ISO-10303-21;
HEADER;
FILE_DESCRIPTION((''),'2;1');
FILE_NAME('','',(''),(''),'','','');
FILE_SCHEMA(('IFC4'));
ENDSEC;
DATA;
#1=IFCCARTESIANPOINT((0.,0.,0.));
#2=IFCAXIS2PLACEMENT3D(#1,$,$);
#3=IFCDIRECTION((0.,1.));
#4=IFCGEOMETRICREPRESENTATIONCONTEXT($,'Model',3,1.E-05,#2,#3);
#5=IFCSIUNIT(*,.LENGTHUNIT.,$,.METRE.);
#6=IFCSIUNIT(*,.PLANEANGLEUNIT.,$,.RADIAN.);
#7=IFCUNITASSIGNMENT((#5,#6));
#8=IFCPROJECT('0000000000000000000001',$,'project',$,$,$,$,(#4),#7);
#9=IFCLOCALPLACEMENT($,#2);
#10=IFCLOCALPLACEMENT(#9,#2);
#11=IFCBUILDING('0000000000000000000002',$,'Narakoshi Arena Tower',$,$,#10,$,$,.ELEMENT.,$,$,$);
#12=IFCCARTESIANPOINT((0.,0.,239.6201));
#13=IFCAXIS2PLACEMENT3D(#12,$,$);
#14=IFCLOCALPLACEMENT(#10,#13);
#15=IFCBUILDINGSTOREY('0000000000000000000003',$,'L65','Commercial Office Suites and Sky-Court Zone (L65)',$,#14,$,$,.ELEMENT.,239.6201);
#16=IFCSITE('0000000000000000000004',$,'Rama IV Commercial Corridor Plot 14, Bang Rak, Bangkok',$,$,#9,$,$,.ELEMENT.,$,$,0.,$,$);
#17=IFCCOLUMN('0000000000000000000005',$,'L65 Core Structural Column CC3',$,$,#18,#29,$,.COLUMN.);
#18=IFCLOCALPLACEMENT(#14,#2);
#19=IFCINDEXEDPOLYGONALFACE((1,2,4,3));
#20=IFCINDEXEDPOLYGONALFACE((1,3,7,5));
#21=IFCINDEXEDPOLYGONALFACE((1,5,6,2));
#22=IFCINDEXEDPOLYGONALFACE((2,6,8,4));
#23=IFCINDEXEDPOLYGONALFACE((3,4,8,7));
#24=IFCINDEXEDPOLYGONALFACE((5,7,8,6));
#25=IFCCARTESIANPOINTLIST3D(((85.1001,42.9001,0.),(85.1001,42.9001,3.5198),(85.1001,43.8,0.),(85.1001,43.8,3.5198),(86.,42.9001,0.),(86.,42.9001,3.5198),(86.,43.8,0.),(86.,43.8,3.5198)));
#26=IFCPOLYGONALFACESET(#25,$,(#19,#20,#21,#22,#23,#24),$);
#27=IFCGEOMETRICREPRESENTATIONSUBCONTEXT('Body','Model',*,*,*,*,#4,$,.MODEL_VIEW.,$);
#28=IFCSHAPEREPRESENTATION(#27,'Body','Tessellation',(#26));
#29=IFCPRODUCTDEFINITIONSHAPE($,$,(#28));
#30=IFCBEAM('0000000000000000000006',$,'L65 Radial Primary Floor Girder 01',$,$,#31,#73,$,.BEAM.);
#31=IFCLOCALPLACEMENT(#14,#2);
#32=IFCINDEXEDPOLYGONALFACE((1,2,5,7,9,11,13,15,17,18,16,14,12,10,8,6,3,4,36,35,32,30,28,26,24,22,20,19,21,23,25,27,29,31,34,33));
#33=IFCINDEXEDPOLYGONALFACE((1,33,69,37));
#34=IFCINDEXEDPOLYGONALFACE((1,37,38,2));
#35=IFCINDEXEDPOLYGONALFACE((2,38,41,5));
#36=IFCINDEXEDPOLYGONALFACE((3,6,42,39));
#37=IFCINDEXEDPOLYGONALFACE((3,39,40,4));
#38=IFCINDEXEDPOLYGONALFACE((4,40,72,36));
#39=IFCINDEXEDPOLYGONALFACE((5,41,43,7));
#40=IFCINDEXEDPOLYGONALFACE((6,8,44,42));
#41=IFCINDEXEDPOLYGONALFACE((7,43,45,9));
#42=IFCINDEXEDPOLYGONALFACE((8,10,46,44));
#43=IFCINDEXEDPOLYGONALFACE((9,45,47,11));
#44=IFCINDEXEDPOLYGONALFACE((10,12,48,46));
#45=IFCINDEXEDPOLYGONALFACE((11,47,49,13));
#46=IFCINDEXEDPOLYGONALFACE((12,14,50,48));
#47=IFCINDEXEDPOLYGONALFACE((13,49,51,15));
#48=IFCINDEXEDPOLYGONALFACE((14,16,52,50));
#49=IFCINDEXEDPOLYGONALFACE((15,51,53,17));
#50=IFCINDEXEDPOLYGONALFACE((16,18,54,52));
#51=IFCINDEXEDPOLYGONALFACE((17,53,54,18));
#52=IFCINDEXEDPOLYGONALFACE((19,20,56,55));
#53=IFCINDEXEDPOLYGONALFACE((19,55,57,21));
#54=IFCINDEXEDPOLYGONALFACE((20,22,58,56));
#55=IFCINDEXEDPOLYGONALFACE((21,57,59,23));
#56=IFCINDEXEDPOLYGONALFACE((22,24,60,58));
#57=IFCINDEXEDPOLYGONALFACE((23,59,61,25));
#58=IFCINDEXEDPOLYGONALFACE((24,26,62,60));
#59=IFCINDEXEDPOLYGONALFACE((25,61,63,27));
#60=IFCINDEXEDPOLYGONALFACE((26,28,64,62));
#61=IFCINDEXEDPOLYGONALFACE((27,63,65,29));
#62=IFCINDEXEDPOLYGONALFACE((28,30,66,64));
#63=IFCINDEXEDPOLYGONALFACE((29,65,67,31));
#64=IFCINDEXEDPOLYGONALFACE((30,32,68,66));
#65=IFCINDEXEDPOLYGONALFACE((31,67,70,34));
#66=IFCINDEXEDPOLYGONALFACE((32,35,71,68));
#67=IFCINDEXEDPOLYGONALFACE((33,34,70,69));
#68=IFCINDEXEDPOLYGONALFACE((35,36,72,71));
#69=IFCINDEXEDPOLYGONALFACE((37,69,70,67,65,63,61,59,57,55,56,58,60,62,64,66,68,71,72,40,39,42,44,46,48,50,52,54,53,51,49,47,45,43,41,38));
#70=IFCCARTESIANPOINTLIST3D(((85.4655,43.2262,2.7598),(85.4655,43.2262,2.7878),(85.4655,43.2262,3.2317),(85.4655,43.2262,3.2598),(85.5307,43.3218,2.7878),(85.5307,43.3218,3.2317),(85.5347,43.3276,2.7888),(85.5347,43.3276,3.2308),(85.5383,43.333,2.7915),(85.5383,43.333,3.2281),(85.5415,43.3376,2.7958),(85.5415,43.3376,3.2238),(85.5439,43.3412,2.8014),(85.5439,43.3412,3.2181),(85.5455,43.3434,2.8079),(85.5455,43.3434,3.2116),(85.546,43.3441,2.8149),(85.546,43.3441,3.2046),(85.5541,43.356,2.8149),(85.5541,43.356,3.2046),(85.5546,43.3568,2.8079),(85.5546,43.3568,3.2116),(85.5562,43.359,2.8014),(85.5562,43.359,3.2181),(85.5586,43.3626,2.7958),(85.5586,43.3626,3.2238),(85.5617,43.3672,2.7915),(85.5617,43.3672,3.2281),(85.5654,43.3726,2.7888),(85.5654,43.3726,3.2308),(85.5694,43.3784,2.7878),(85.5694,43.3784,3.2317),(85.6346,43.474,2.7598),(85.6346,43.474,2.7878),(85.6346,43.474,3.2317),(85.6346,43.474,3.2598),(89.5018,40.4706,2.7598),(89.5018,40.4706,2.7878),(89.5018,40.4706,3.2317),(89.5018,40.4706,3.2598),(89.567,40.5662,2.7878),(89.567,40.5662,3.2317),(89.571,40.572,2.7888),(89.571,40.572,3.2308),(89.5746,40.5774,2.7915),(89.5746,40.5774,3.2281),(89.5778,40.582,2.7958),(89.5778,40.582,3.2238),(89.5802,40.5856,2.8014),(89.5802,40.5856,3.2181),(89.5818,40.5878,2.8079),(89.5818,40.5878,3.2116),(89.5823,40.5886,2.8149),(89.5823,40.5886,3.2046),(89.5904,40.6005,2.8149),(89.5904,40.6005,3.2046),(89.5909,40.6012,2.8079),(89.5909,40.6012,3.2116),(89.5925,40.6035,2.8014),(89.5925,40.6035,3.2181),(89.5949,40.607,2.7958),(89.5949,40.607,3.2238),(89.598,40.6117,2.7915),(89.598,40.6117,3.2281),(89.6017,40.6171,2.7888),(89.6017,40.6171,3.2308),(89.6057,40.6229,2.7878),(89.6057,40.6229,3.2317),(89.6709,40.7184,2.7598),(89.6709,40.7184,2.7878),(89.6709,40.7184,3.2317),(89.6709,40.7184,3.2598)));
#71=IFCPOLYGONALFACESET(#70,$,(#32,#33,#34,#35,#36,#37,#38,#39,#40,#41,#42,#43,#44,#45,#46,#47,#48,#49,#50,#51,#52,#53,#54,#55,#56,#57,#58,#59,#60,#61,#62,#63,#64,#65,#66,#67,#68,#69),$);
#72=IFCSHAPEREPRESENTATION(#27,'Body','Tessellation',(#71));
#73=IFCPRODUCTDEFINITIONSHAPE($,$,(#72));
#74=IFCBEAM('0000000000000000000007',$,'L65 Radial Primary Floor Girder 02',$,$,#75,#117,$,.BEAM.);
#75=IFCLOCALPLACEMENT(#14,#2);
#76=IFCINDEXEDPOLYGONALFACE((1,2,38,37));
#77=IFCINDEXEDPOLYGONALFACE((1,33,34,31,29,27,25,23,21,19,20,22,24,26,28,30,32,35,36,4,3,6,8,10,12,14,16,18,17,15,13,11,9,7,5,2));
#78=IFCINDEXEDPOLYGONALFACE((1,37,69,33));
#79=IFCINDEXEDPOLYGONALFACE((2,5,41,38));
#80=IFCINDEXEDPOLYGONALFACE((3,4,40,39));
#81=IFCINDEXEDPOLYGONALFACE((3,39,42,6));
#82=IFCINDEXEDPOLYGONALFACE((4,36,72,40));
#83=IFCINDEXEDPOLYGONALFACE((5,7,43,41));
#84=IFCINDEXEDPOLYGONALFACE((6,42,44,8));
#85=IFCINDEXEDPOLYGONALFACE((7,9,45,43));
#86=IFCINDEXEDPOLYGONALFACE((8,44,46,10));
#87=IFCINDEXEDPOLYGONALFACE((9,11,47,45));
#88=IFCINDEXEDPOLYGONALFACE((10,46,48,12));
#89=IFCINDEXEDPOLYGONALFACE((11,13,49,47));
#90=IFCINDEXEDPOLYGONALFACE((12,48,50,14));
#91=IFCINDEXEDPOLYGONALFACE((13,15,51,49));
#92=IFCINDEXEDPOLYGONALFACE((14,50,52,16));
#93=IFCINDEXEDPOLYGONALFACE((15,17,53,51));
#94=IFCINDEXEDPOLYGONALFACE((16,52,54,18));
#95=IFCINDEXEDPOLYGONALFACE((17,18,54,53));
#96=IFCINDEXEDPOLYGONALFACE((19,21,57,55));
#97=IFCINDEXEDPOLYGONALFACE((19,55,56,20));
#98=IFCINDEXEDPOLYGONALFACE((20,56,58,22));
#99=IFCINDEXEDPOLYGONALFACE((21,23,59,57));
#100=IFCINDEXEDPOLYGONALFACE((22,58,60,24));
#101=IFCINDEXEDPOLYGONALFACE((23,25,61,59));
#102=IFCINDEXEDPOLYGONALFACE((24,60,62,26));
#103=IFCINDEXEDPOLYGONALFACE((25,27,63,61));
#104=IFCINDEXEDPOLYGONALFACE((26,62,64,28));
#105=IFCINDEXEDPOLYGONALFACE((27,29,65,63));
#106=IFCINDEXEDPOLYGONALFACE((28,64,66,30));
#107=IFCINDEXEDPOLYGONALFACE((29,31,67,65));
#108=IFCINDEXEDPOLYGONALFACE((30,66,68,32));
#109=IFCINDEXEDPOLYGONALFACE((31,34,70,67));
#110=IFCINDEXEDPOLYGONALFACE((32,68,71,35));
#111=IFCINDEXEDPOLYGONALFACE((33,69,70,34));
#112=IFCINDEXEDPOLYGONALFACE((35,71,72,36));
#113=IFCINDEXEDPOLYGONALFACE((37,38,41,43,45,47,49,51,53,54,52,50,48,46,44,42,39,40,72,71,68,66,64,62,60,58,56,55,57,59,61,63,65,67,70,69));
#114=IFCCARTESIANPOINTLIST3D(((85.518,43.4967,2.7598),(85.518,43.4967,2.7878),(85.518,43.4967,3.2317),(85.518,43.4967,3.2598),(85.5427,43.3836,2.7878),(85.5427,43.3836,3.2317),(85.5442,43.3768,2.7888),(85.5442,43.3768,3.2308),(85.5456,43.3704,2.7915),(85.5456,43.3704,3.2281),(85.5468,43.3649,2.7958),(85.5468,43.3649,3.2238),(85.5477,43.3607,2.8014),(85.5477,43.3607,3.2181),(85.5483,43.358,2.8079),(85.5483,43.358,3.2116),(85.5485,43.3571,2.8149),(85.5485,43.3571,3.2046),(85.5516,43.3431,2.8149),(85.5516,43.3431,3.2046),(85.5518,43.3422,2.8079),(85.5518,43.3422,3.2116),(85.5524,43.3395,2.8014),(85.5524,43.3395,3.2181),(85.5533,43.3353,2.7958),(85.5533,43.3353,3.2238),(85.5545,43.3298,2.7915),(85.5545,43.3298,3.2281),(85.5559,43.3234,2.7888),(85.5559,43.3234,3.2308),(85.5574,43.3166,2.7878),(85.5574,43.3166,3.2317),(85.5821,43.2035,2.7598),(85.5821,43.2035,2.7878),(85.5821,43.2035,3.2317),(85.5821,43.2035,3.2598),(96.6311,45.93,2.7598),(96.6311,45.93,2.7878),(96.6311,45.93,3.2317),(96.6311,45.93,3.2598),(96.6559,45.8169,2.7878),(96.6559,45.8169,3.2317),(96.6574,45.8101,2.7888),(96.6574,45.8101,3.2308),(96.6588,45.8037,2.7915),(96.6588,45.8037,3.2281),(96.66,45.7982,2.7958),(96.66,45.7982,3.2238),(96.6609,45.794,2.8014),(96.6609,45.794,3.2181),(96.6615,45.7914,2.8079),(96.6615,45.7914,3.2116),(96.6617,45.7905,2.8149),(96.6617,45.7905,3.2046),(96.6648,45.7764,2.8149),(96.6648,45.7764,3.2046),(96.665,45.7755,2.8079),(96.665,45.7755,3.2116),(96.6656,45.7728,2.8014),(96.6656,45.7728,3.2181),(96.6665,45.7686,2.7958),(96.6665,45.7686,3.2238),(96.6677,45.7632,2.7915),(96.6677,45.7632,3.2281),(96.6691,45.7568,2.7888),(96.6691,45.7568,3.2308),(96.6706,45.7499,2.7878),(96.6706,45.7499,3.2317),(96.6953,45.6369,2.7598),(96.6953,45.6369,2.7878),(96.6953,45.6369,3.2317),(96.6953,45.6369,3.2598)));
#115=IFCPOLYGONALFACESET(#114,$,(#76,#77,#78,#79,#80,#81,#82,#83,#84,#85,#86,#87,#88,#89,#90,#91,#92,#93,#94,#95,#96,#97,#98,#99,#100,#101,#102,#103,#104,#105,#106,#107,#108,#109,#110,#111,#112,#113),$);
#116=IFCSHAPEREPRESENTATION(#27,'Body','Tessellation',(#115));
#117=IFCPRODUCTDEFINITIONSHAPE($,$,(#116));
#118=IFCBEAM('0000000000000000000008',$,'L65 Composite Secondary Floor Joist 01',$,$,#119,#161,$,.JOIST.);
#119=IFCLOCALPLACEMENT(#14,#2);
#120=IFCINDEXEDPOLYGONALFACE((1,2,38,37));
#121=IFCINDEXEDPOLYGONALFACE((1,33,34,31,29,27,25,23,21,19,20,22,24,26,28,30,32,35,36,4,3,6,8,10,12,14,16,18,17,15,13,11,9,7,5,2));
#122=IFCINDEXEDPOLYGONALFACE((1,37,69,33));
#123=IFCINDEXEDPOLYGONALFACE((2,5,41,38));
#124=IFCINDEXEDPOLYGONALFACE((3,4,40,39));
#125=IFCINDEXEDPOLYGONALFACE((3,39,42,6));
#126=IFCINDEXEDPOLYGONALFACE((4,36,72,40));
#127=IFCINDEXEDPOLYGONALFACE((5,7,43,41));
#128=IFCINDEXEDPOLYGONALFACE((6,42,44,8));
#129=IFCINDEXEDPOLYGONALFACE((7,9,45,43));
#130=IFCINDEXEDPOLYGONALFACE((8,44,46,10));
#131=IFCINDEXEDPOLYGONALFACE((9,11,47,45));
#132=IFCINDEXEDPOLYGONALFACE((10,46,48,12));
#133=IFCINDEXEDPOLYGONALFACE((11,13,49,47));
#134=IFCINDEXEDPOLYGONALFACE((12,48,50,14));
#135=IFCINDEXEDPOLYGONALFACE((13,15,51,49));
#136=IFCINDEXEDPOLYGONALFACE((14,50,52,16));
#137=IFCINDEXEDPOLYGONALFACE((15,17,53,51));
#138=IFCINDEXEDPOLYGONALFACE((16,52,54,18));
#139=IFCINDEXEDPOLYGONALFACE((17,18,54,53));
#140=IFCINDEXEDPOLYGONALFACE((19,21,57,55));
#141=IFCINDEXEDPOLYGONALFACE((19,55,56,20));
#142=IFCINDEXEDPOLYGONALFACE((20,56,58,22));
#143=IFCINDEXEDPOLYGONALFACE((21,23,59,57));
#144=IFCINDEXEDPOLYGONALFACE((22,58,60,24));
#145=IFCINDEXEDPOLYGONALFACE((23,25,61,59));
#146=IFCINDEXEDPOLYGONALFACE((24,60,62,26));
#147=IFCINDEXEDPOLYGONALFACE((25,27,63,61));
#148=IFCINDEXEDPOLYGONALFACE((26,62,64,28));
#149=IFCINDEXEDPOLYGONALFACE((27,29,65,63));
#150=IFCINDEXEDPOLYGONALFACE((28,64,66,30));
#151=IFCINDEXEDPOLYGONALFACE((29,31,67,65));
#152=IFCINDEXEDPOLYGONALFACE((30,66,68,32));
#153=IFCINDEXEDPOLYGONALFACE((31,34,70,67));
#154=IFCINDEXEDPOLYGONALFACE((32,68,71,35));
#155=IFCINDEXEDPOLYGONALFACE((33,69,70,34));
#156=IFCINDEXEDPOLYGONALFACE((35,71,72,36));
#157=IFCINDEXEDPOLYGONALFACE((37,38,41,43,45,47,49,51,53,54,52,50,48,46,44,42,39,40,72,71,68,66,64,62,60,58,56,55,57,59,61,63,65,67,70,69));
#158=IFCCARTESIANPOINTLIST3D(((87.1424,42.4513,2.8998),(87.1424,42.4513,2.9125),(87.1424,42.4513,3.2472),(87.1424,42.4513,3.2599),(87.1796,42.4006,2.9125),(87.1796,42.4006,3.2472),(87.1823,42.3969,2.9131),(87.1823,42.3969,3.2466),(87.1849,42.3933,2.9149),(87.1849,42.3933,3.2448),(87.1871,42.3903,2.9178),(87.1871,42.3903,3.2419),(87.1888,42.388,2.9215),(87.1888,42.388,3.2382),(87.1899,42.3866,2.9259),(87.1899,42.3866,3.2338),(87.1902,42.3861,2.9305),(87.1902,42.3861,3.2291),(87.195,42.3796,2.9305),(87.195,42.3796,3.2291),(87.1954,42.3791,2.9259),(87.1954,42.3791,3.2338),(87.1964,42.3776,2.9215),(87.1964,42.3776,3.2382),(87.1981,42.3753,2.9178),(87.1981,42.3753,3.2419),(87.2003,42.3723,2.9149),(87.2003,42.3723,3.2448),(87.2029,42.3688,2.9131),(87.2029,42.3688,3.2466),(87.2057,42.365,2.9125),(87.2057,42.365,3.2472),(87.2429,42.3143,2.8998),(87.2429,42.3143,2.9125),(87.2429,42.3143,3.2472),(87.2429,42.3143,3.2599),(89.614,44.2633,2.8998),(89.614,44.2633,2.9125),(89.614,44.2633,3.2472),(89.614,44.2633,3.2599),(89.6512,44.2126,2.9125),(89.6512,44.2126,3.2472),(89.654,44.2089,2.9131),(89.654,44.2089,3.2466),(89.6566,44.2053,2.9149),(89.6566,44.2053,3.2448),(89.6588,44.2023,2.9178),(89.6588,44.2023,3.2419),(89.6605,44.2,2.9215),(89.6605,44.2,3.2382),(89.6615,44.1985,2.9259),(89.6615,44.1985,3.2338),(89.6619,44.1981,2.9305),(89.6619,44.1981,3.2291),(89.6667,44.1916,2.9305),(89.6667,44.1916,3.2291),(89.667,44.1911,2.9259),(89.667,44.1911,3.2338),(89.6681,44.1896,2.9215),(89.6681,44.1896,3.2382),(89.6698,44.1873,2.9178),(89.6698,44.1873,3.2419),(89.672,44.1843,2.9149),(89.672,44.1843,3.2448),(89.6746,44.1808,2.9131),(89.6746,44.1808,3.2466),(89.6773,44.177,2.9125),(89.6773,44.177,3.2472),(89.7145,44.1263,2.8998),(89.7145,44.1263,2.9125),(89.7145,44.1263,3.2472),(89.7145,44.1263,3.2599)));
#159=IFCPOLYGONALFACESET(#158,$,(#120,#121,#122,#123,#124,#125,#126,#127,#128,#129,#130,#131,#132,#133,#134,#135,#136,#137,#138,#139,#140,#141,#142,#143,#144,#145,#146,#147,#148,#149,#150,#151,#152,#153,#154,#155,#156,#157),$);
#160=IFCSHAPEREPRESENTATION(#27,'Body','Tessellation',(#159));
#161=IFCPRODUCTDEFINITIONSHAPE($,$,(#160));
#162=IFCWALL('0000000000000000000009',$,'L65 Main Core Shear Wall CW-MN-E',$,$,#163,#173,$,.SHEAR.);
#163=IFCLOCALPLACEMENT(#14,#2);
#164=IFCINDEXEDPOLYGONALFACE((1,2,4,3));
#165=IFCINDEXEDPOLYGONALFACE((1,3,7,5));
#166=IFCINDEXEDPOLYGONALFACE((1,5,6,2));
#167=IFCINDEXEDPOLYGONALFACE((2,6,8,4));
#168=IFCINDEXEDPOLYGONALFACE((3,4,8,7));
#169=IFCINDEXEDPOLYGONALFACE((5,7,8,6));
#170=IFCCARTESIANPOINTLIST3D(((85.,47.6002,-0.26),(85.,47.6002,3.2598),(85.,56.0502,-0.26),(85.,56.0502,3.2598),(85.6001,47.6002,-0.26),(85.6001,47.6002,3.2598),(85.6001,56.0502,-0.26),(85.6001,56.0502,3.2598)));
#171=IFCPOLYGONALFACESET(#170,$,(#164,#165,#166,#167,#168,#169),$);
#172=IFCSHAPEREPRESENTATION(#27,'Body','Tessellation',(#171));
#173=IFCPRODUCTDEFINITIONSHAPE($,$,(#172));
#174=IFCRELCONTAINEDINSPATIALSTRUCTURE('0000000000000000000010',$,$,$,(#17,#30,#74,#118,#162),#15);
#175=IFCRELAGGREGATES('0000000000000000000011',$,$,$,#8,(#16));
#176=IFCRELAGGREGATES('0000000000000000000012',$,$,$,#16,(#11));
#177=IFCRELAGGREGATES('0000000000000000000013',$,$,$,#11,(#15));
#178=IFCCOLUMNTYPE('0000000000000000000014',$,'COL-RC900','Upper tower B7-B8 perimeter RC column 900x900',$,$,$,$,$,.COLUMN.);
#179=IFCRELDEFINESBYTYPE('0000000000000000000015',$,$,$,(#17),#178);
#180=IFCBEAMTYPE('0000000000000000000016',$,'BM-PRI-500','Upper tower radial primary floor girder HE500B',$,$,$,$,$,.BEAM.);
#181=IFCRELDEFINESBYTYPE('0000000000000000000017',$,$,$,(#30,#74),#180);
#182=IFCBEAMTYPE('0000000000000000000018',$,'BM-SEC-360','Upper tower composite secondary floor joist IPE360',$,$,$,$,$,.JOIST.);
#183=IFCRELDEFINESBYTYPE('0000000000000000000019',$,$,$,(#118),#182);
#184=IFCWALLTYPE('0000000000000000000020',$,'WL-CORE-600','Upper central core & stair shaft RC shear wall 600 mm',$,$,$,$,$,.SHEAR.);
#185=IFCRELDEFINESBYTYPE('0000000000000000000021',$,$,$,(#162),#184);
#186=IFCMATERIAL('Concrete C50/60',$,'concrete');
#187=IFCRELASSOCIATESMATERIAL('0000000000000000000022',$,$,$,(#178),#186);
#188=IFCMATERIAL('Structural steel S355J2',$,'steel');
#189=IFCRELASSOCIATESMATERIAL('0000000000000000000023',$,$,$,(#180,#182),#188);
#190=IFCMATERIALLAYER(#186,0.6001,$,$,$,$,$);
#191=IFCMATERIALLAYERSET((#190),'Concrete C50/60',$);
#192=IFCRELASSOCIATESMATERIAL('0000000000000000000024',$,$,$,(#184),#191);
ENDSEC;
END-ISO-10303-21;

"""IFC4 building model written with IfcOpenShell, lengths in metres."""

from ifc_helpers import new_model, si_unit, direction, frame, frame_2d, origin, origin_2d, place, context, subcontext, project, spatial, rectangle, i_section, extrude, material, layer, layer_set, material_profile, profile_set, type_object, element, save


model = new_model("IFC4")

# Units and contexts
model_context = context("Model", 3, precision=1e-05, world=origin(), true_north=direction((0.0, 1.0)))
body_context = subcontext(model_context, "Body", "Model", "MODEL_VIEW")
ifc_project = project(units=[si_unit("LENGTHUNIT", "METRE"), si_unit("PLANEANGLEUNIT", "RADIAN")], contexts=[model_context])

# Site, building, storey
site_placement = place(None, origin())
site = spatial("IfcSite", under=ifc_project, at=site_placement, Name="Rama IV Commercial Corridor Plot 14, Bang Rak, Bangkok", CompositionType="ELEMENT", RefElevation=0.0)
building_placement = place(site_placement, origin())
building = spatial("IfcBuilding", under=site, at=building_placement, Name="Narakoshi Arena Tower", CompositionType="ELEMENT")
storey_placement = place(building_placement, frame((0.0, 0.0, 239.6201)))
storey = spatial("IfcBuildingStorey", under=building, at=storey_placement, Name="L65", Description="Commercial Office Suites and Sky-Court Zone (L65)", CompositionType="ELEMENT", Elevation=239.6201)

# Column
ifc_material_1 = material(Name="Concrete C50/60", Category="concrete")
ifc_material_profile_1 = material_profile(ifc_material_1, rectangle(XDim=0.8999, YDim=0.8999, at=origin_2d()), Name="RC900x900")
ifc_profile_set_1 = profile_set([ifc_material_profile_1], Name="Concrete C50/60")
column_type = type_object("IfcColumnType", Name="COL-RC900", Description="Upper tower B7-B8 perimeter RC column 900x900", PredefinedType="COLUMN", material=ifc_profile_set_1)
column_placement = place(storey_placement, frame((85.55, 43.3501, 0.0), z_axis=(0.0, 0.0, 1.0), x_axis=(1.0, 0.0, 0.0)))
element("IfcColumn", 1, at=column_placement, inside=storey, type_object=column_type, Name="L65 Core Structural Column CC3", PredefinedType="COLUMN", context=body_context, shape_type="SweptSolid", body=[
    extrude(rectangle(XDim=0.8999, YDim=0.8999, at=origin_2d()), origin(), (0.0, 0.0, 1.0), 3.5198),
])

# Beams
ifc_material_2 = material(Name="Structural steel S355J2", Category="steel")
ifc_material_profile_2 = material_profile(ifc_material_2, i_section(OverallWidth=0.3, OverallDepth=0.5, WebThickness=0.0144, FlangeThickness=0.0281, FilletRadius=0.0271, at=origin_2d()), Name="HE500B")
ifc_profile_set_2 = profile_set([ifc_material_profile_2], Name="Structural steel S355J2")
beam_type_1 = type_object("IfcBeamType", Name="BM-PRI-500", Description="Upper tower radial primary floor girder HE500B", PredefinedType="BEAM", material=ifc_profile_set_2)
beam_1_placement = place(storey_placement, frame((85.55, 43.3501, 3.0098), z_axis=(0.82589, -0.563831, 0.0), x_axis=(0.563831, 0.82589, 0.0)))
element("IfcBeam", 2, at=beam_1_placement, inside=storey, type_object=beam_type_1, Name="L65 Radial Primary Floor Girder 01", PredefinedType="BEAM", context=body_context, shape_type="SweptSolid", body=[
    extrude(i_section(OverallWidth=0.3, OverallDepth=0.5, WebThickness=0.0144, FlangeThickness=0.0281, FilletRadius=0.0271, at=origin_2d()), origin(), (0.0, 0.0, 1.0), 4.8872),
])
beam_2_placement = place(storey_placement, frame((85.55, 43.3501, 3.0098), z_axis=(0.976857, 0.213891, 0.0), x_axis=(-0.213891, 0.976857, 0.0)))
element("IfcBeam", 3, at=beam_2_placement, inside=storey, type_object=beam_type_1, Name="L65 Radial Primary Floor Girder 02", PredefinedType="BEAM", context=body_context, shape_type="SweptSolid", body=[
    extrude(i_section(OverallWidth=0.3, OverallDepth=0.5, WebThickness=0.0144, FlangeThickness=0.0281, FilletRadius=0.0271, at=origin_2d()), origin(), (0.0, 0.0, 1.0), 11.3765),
])
ifc_material_profile_3 = material_profile(ifc_material_2, i_section(OverallWidth=0.1699, OverallDepth=0.3601, WebThickness=0.0081, FlangeThickness=0.0127, FilletRadius=0.0181, at=origin_2d()), Name="IPE360")
ifc_profile_set_3 = profile_set([ifc_material_profile_3], Name="Structural steel S355J2")
beam_type_2 = type_object("IfcBeamType", Name="BM-SEC-360", Description="Upper tower composite secondary floor joist IPE360", PredefinedType="JOIST", material=ifc_profile_set_3)
beam_3_placement = place(storey_placement, frame((87.1926, 42.3828, 3.0798), z_axis=(0.806491, 0.591246, 0.0), x_axis=(-0.591246, 0.806491, 0.0)))
element("IfcBeam", 4, at=beam_3_placement, inside=storey, type_object=beam_type_2, Name="L65 Composite Secondary Floor Joist 01", PredefinedType="JOIST", context=body_context, shape_type="SweptSolid", body=[
    extrude(i_section(OverallWidth=0.1699, OverallDepth=0.3601, WebThickness=0.0081, FlangeThickness=0.0127, FilletRadius=0.0181, at=origin_2d()), origin(), (0.0, 0.0, 1.0), 3.0647),
])

# Wall
ifc_layer_1 = layer(ifc_material_1, 0.6001)
ifc_layer_set_1 = layer_set([ifc_layer_1], Name="Concrete C50/60")
wall_type_1 = type_object("IfcWallType", Name="WL-CORE-600", Description="Upper central core & stair shaft RC shear wall 600 mm", PredefinedType="SHEAR", material=ifc_layer_set_1)
wall_1_placement = place(storey_placement, frame((85.3, 47.6001, -0.26), z_axis=(0.0, 0.0, 1.0), x_axis=(0.0, 1.0, 0.0)))
element("IfcWall", 5, at=wall_1_placement, inside=storey, type_object=wall_type_1, Name="L65 Main Core Shear Wall CW-MN-E", PredefinedType="SHEAR", context=body_context, shape_type="SweptSolid", body=[
    extrude(rectangle(XDim=8.45, YDim=0.6001, at=frame_2d((4.2251, 0.0))), origin(), (0.0, 0.0, 1.0), 3.5198),
])

save(model, "model.ifc")
